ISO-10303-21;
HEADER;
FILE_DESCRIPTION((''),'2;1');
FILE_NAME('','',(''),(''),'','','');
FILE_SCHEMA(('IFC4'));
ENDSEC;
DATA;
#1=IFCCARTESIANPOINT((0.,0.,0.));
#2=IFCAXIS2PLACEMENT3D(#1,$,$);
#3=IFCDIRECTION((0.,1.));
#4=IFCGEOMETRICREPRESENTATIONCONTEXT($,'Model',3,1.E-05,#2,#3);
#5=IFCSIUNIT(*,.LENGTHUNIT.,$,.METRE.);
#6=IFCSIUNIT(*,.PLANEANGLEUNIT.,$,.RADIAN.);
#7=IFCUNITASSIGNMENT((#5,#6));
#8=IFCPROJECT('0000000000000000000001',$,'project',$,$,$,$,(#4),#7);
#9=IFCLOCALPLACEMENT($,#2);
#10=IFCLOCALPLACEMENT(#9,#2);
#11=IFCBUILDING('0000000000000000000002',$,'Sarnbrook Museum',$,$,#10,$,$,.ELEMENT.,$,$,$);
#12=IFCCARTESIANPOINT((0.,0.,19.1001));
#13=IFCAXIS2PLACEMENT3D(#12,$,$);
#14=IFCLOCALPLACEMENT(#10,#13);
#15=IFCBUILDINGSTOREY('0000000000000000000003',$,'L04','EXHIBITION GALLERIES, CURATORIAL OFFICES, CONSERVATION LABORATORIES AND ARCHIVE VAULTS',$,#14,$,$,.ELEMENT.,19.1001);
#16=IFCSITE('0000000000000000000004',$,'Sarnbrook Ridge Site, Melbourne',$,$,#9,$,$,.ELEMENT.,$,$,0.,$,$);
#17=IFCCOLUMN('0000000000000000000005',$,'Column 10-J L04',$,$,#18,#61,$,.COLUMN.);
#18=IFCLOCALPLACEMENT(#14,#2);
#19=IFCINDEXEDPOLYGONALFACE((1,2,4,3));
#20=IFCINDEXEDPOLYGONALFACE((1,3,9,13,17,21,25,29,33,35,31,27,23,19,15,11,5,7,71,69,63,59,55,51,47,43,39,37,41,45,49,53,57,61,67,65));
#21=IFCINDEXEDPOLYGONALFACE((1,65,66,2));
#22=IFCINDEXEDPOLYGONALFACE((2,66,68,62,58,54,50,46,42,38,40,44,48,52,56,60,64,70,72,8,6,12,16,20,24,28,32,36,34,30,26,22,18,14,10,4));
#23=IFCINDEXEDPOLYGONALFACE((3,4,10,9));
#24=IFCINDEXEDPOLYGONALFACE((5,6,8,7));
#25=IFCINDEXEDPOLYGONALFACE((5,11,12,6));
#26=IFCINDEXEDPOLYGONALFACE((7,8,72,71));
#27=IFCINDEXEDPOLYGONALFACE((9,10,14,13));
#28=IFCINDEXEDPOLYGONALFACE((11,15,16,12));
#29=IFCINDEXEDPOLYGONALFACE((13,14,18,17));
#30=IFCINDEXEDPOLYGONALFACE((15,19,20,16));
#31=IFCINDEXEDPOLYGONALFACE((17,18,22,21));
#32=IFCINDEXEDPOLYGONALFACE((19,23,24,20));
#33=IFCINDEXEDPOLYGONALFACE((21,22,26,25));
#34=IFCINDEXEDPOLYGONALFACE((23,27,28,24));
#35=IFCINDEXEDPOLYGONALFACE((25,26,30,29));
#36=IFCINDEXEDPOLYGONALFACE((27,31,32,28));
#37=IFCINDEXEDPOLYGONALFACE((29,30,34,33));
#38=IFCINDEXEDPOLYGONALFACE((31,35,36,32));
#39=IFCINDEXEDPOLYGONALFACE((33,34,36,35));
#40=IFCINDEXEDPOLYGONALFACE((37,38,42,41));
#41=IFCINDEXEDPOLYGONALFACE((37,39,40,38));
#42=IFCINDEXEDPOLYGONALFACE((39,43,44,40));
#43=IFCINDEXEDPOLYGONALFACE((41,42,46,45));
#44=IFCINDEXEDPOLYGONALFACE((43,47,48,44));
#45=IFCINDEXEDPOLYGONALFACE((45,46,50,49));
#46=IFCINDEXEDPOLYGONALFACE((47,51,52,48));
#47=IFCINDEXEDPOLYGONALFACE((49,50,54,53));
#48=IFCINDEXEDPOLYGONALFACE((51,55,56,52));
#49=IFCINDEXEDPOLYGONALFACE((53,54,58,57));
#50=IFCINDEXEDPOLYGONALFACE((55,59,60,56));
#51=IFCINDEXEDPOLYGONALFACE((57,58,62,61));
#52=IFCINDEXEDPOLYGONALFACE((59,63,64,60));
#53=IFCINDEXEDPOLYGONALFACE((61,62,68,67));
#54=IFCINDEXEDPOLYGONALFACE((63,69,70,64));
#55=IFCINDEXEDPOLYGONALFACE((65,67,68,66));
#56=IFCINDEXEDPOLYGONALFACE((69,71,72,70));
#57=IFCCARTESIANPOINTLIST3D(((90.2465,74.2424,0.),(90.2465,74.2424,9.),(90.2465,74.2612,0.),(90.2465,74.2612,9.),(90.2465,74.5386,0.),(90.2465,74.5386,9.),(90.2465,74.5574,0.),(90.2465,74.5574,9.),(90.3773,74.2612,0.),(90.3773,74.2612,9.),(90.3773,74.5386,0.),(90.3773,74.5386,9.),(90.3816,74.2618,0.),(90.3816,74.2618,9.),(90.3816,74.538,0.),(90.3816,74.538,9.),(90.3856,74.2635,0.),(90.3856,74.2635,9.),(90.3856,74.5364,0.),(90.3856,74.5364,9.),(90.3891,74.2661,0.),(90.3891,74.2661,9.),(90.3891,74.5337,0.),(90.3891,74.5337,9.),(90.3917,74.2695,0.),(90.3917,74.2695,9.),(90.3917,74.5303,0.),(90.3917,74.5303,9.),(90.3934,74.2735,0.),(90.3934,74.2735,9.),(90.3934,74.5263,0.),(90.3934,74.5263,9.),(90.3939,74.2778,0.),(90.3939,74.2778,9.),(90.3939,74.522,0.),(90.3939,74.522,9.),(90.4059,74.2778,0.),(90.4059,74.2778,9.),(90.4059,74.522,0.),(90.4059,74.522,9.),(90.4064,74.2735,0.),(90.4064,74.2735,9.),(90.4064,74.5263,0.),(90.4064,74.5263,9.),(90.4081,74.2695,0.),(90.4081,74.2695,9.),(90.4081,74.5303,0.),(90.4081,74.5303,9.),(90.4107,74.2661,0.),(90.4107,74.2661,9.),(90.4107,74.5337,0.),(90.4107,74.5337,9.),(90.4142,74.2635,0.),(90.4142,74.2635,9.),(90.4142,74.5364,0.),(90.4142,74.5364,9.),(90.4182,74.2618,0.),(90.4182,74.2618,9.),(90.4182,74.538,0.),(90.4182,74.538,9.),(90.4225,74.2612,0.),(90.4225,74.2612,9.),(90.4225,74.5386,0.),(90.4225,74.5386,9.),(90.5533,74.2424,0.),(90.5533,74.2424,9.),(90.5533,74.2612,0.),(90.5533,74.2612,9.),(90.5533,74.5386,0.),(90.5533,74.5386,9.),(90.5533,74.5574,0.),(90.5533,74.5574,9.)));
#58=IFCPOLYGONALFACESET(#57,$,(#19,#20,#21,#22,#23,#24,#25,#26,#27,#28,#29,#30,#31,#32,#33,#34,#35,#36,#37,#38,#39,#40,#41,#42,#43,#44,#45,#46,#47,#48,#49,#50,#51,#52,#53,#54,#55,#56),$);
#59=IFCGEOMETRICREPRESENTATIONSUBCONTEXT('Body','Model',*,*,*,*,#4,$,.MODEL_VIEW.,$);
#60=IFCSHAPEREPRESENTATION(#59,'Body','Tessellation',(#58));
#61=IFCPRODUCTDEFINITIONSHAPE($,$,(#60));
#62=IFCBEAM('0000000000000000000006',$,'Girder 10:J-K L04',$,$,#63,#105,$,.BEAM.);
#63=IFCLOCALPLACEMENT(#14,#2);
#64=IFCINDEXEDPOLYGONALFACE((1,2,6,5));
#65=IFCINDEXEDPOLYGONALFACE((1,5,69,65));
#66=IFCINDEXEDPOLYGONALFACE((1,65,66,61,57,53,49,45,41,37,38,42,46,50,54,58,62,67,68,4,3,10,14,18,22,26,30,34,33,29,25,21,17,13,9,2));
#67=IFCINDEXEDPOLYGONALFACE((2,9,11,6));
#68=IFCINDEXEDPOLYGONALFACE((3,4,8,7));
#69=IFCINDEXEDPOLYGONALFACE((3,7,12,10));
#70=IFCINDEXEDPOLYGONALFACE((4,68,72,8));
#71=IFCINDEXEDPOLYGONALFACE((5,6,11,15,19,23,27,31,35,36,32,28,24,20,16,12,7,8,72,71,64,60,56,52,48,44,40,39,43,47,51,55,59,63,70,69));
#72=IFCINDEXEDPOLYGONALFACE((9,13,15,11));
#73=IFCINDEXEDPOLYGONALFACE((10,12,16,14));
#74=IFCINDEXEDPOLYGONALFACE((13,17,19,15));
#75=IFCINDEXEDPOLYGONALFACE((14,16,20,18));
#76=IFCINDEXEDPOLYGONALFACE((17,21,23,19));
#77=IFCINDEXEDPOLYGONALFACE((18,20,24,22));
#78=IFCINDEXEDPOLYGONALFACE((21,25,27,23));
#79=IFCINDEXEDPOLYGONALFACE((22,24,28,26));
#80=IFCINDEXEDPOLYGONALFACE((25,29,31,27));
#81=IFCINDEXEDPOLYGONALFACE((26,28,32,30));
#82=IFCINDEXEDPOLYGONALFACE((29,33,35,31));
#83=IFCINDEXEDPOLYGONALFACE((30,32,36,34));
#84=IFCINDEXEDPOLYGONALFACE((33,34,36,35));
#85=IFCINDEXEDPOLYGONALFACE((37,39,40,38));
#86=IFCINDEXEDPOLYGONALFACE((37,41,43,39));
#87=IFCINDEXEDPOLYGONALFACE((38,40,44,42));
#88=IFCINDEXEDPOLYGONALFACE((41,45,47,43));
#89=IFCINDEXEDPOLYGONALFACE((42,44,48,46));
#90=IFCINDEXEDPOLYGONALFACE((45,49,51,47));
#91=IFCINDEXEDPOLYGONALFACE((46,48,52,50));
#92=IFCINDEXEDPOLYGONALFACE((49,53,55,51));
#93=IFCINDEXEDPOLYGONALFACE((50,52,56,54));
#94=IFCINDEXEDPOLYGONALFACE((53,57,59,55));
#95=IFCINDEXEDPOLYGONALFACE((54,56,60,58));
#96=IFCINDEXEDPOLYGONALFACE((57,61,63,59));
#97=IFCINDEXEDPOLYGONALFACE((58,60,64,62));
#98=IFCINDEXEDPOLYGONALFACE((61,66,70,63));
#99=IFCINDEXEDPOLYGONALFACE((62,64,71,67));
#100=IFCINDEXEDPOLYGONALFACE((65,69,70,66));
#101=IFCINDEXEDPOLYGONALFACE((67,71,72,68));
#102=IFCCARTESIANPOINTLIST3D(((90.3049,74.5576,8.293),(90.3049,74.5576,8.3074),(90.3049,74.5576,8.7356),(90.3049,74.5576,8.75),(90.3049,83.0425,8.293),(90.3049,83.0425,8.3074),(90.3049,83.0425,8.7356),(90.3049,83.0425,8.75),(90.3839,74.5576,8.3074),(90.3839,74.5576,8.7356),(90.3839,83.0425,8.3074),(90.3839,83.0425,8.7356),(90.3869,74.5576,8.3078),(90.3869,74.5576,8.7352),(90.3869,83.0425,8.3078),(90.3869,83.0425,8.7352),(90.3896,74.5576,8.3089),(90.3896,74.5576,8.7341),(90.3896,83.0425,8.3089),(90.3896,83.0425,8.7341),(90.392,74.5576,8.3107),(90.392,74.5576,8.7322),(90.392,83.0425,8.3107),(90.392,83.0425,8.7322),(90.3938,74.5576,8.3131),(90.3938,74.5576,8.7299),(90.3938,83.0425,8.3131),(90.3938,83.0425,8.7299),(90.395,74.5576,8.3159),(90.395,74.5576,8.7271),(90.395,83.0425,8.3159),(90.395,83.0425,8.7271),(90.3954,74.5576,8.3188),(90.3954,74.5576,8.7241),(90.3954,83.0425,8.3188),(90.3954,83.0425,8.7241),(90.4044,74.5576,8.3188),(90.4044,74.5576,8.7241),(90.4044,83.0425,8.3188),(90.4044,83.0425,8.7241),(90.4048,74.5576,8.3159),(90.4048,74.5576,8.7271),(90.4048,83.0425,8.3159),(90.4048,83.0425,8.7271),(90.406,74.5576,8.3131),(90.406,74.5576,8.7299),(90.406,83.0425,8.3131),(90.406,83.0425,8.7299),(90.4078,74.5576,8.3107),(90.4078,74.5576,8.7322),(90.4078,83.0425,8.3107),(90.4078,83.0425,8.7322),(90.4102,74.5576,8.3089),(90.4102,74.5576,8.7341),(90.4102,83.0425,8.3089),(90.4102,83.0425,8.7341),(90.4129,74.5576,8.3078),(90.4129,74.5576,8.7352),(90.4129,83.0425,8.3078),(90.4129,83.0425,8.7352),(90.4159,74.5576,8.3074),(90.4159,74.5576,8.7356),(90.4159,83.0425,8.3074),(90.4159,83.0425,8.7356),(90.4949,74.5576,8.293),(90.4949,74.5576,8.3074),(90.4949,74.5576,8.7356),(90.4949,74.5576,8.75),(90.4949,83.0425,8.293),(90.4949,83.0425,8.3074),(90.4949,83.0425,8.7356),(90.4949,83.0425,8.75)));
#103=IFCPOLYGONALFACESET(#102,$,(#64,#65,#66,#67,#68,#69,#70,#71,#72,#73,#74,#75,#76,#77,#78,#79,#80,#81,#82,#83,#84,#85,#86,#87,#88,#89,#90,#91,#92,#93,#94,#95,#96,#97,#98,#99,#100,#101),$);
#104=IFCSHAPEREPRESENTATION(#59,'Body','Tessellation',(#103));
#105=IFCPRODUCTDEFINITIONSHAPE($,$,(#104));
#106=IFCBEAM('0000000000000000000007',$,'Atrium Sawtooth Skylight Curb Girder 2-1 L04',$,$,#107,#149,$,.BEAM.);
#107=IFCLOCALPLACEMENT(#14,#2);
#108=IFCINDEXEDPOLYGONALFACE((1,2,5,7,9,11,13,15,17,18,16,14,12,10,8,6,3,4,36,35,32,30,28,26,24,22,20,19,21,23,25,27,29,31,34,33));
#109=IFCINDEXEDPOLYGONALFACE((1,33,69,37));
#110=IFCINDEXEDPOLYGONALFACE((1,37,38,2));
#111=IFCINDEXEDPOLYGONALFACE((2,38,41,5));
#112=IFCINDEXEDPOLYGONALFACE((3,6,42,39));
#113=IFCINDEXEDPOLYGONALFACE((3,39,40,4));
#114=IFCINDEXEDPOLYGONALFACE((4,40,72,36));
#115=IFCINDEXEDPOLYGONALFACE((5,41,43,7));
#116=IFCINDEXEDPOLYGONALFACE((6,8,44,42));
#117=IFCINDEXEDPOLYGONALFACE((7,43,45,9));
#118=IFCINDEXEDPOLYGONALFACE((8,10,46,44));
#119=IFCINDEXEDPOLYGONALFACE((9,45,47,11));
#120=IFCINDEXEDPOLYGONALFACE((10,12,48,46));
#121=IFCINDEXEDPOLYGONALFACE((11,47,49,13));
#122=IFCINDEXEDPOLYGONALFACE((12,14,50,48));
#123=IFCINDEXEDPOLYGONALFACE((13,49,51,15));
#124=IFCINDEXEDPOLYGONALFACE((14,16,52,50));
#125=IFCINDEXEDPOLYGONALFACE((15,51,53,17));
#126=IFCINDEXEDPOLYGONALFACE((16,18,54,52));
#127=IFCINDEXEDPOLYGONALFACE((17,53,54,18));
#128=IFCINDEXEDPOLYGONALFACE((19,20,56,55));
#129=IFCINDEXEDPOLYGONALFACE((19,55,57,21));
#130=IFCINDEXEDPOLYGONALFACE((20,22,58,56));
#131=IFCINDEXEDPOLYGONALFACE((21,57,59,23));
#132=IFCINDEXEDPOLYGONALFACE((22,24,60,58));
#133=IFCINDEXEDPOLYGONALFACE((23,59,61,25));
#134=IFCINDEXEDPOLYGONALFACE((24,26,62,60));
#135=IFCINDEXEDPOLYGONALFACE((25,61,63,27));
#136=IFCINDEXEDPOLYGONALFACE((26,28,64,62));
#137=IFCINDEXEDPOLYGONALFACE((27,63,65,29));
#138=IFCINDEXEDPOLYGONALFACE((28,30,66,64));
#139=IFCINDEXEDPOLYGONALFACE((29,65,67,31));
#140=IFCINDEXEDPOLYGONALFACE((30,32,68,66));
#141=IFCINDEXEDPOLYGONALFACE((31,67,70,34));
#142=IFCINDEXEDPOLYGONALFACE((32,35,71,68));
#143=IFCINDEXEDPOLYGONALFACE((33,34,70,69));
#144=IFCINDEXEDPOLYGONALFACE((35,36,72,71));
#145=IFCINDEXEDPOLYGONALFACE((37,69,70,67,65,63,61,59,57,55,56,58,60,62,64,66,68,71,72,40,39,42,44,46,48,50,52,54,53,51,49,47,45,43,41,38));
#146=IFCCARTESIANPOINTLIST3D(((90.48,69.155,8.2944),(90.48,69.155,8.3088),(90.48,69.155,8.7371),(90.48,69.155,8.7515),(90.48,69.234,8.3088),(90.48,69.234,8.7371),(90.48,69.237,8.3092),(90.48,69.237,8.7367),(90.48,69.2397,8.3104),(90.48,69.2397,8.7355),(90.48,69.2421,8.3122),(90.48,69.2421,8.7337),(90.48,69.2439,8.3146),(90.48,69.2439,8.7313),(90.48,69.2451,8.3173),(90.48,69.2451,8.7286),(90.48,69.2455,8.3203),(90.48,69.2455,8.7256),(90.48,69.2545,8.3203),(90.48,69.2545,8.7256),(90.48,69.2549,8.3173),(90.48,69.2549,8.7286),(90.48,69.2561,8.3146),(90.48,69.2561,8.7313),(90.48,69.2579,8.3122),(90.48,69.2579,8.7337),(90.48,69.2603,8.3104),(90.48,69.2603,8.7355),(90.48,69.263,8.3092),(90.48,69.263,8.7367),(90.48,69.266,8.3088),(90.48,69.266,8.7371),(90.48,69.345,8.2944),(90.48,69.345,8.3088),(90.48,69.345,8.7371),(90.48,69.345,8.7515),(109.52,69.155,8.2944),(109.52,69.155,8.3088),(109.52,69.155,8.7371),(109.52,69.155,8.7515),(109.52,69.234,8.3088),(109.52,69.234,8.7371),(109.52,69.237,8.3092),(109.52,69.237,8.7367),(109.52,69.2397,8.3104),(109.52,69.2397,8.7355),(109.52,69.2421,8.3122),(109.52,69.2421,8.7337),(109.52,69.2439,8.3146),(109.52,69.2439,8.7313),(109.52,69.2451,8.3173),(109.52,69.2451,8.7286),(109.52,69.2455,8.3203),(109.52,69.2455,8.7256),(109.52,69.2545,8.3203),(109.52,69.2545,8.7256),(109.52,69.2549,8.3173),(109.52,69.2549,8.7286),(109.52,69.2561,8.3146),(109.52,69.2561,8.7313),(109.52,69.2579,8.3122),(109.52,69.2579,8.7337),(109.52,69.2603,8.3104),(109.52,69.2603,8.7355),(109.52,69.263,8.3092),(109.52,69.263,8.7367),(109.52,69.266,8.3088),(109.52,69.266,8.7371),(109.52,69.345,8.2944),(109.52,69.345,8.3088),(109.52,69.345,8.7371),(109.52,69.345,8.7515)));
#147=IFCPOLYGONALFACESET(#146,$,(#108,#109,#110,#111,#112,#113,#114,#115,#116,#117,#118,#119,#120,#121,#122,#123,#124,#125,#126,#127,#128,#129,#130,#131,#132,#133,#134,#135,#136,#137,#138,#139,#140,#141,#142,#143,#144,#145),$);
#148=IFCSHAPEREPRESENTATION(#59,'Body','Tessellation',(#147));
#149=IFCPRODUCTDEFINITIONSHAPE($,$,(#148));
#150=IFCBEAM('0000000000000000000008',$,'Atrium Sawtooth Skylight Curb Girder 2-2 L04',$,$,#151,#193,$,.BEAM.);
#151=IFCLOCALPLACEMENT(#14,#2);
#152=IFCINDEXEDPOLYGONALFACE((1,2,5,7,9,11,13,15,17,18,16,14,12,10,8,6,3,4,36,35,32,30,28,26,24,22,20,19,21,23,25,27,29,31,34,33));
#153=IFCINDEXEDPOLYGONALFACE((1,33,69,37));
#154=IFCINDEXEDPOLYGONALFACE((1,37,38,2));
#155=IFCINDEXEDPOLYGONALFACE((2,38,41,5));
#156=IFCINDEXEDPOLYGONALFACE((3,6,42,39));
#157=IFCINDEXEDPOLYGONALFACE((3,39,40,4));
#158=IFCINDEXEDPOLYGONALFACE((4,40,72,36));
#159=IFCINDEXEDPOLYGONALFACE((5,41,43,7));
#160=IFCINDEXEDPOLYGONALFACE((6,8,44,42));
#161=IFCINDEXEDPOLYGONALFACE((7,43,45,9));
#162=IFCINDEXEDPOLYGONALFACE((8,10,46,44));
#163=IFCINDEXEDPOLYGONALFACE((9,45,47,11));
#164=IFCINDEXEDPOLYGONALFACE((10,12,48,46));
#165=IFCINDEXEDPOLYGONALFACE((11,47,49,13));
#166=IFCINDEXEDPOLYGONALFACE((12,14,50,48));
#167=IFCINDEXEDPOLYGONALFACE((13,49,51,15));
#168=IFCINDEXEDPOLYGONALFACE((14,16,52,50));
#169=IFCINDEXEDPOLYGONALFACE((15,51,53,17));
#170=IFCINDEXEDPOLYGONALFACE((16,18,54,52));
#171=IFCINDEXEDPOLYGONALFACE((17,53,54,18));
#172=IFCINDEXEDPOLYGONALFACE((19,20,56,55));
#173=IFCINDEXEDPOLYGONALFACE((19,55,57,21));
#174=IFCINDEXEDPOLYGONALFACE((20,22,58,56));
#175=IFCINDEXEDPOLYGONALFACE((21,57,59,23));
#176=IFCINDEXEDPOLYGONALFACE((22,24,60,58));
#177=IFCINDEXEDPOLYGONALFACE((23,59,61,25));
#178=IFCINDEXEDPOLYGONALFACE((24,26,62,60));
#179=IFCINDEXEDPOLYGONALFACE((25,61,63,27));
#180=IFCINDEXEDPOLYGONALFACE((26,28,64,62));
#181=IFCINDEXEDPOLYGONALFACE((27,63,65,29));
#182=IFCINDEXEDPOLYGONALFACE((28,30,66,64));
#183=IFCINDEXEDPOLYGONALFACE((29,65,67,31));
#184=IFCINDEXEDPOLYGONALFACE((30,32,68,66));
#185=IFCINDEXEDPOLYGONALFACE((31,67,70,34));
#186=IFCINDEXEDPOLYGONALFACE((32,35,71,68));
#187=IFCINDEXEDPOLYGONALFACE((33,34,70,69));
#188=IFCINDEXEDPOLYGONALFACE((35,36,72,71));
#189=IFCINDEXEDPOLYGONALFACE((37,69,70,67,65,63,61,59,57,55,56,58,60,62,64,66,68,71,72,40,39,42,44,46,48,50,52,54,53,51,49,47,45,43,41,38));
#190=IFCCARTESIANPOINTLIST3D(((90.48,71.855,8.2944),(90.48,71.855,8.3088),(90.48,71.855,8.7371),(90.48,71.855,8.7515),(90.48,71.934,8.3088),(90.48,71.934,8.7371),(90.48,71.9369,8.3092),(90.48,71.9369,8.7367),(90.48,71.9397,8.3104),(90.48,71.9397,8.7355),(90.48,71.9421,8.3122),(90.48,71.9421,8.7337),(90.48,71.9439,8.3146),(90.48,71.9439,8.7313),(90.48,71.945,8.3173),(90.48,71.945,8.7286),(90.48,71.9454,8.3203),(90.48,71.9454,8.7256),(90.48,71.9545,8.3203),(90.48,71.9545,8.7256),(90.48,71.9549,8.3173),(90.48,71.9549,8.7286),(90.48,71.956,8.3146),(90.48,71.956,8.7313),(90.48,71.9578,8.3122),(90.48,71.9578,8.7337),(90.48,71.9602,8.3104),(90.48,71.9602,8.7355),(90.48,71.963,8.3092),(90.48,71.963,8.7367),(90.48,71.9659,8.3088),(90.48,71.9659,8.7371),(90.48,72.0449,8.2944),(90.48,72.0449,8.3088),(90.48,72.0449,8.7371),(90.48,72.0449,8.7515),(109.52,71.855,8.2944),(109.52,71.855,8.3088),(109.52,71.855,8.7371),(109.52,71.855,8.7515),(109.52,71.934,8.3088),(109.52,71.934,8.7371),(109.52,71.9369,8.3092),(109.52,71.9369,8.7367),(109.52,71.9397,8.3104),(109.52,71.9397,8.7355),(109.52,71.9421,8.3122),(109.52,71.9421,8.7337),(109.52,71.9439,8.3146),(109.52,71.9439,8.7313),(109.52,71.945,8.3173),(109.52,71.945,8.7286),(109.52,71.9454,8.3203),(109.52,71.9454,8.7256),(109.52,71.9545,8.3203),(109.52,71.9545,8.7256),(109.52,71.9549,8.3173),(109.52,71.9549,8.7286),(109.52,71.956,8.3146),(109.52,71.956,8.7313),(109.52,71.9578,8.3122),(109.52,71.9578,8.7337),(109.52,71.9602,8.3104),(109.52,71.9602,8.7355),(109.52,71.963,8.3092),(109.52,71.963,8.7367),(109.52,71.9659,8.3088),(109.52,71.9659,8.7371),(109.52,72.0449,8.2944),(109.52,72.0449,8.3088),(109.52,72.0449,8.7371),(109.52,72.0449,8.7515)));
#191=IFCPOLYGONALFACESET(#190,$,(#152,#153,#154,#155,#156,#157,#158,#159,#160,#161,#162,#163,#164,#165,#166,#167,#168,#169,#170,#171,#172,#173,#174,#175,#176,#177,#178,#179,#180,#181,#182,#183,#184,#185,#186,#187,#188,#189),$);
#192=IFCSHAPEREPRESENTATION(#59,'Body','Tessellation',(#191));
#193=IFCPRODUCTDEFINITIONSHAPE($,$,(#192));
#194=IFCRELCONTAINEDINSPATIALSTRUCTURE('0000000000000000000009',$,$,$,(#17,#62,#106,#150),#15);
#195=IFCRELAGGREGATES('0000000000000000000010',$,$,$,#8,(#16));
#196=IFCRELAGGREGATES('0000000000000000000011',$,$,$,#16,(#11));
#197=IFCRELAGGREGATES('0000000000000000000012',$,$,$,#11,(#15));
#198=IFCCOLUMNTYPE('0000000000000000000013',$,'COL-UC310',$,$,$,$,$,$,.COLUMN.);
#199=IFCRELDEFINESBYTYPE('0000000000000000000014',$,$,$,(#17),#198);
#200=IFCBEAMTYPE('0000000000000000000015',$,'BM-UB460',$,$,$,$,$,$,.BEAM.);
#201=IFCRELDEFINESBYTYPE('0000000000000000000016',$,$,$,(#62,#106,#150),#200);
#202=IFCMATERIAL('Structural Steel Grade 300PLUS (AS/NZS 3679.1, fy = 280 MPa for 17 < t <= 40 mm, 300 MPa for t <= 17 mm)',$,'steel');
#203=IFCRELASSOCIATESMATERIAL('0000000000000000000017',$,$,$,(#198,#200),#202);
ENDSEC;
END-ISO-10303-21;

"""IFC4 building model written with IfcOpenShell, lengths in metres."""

from ifc_helpers import new_model, si_unit, direction, frame, origin, origin_2d, place, context, subcontext, project, spatial, i_section, extrude, material, material_profile, profile_set, type_object, element, save


model = new_model("IFC4")

# Units and contexts
model_context = context("Model", 3, precision=1e-05, world=origin(), true_north=direction((0.0, 1.0)))
body_context = subcontext(model_context, "Body", "Model", "MODEL_VIEW")
ifc_project = project(units=[si_unit("LENGTHUNIT", "METRE"), si_unit("PLANEANGLEUNIT", "RADIAN")], contexts=[model_context])

# Site, building, storey
site_placement = place(None, origin())
site = spatial("IfcSite", under=ifc_project, at=site_placement, Name="Sarnbrook Ridge Site, Melbourne", CompositionType="ELEMENT", RefElevation=0.0)
building_placement = place(site_placement, origin())
building = spatial("IfcBuilding", under=site, at=building_placement, Name="Sarnbrook Museum", CompositionType="ELEMENT")
storey_placement = place(building_placement, frame((0.0, 0.0, 19.1001)))
storey = spatial("IfcBuildingStorey", under=building, at=storey_placement, Name="L04", Description="EXHIBITION GALLERIES, CURATORIAL OFFICES, CONSERVATION LABORATORIES AND ARCHIVE VAULTS", CompositionType="ELEMENT", Elevation=19.1001)

# Column
ifc_material_1 = material(Name="Structural Steel Grade 300PLUS (AS/NZS 3679.1, fy = 280 MPa for 17 < t <= 40 mm, 300 MPa for t <= 17 mm)", Category="steel")
ifc_material_profile_1 = material_profile(ifc_material_1, i_section(OverallWidth=0.3069, OverallDepth=0.3149, WebThickness=0.012, FlangeThickness=0.0188, FilletRadius=0.0166, at=origin_2d()), Name="310UC118")
ifc_profile_set_1 = profile_set([ifc_material_profile_1], Name="Structural Steel Grade 300PLUS (AS/NZS 3679.1, fy = 280 MPa for 17 < t <= 40 mm, 300 MPa for t <= 17 mm)")
column_type = type_object("IfcColumnType", Name="COL-UC310", PredefinedType="COLUMN", material=ifc_profile_set_1)
column_placement = place(storey_placement, frame((90.3999, 74.3999, 0.0), z_axis=(0.0, 0.0, 1.0), x_axis=(1.0, 0.0, 0.0)))
element("IfcColumn", 1, at=column_placement, inside=storey, type_object=column_type, Name="Column 10-J L04", PredefinedType="COLUMN", context=body_context, shape_type="SweptSolid", body=[
    extrude(i_section(OverallWidth=0.3069, OverallDepth=0.3149, WebThickness=0.012, FlangeThickness=0.0188, FilletRadius=0.0166, at=origin_2d()), origin(), (0.0, 0.0, 1.0), 9.0),
])

# Beams
ifc_material_profile_2 = material_profile(ifc_material_1, i_section(OverallWidth=0.1899, OverallDepth=0.457, WebThickness=0.009, FlangeThickness=0.0144, FilletRadius=0.0115, at=origin_2d()), Name="460UB74.6")
ifc_profile_set_2 = profile_set([ifc_material_profile_2], Name="Structural Steel Grade 300PLUS (AS/NZS 3679.1, fy = 280 MPa for 17 < t <= 40 mm, 300 MPa for t <= 17 mm)")
beam_type_1 = type_object("IfcBeamType", Name="BM-UB460", PredefinedType="BEAM", material=ifc_profile_set_2)
beam_placement = place(storey_placement, frame((90.3999, 74.5576, 8.5215), z_axis=(0.0, 1.0, 0.0), x_axis=(-1.0, 0.0, 0.0)))
element("IfcBeam", 2, at=beam_placement, inside=storey, type_object=beam_type_1, Name="Girder 10:J-K L04", PredefinedType="BEAM", context=body_context, shape_type="SweptSolid", body=[
    extrude(i_section(OverallWidth=0.1899, OverallDepth=0.457, WebThickness=0.009, FlangeThickness=0.0144, FilletRadius=0.0115, at=origin_2d()), origin(), (0.0, 0.0, 1.0), 8.4849),
])
for number, where, z_axis, x_axis, name in (
    (3, (90.48, 69.25, 8.5229), (1.0, 0.0, 0.0), (0.0, 1.0, 0.0), "Atrium Sawtooth Skylight Curb Girder 2-1 L04"),
    (4, (90.48, 71.95, 8.5229), (1.0, 0.0, 0.0), (0.0, 1.0, 0.0), "Atrium Sawtooth Skylight Curb Girder 2-2 L04"),
):
    element("IfcBeam", number, at=place(storey_placement, frame(where, z_axis=z_axis, x_axis=x_axis)), inside=storey, type_object=beam_type_1, Name=name, PredefinedType="BEAM", context=body_context, shape_type="SweptSolid", body=[
        extrude(i_section(OverallWidth=0.1899, OverallDepth=0.457, WebThickness=0.009, FlangeThickness=0.0144, FilletRadius=0.0115, at=origin_2d()), origin(), (0.0, 0.0, 1.0), 19.04),
    ])

save(model, "model.ifc")
